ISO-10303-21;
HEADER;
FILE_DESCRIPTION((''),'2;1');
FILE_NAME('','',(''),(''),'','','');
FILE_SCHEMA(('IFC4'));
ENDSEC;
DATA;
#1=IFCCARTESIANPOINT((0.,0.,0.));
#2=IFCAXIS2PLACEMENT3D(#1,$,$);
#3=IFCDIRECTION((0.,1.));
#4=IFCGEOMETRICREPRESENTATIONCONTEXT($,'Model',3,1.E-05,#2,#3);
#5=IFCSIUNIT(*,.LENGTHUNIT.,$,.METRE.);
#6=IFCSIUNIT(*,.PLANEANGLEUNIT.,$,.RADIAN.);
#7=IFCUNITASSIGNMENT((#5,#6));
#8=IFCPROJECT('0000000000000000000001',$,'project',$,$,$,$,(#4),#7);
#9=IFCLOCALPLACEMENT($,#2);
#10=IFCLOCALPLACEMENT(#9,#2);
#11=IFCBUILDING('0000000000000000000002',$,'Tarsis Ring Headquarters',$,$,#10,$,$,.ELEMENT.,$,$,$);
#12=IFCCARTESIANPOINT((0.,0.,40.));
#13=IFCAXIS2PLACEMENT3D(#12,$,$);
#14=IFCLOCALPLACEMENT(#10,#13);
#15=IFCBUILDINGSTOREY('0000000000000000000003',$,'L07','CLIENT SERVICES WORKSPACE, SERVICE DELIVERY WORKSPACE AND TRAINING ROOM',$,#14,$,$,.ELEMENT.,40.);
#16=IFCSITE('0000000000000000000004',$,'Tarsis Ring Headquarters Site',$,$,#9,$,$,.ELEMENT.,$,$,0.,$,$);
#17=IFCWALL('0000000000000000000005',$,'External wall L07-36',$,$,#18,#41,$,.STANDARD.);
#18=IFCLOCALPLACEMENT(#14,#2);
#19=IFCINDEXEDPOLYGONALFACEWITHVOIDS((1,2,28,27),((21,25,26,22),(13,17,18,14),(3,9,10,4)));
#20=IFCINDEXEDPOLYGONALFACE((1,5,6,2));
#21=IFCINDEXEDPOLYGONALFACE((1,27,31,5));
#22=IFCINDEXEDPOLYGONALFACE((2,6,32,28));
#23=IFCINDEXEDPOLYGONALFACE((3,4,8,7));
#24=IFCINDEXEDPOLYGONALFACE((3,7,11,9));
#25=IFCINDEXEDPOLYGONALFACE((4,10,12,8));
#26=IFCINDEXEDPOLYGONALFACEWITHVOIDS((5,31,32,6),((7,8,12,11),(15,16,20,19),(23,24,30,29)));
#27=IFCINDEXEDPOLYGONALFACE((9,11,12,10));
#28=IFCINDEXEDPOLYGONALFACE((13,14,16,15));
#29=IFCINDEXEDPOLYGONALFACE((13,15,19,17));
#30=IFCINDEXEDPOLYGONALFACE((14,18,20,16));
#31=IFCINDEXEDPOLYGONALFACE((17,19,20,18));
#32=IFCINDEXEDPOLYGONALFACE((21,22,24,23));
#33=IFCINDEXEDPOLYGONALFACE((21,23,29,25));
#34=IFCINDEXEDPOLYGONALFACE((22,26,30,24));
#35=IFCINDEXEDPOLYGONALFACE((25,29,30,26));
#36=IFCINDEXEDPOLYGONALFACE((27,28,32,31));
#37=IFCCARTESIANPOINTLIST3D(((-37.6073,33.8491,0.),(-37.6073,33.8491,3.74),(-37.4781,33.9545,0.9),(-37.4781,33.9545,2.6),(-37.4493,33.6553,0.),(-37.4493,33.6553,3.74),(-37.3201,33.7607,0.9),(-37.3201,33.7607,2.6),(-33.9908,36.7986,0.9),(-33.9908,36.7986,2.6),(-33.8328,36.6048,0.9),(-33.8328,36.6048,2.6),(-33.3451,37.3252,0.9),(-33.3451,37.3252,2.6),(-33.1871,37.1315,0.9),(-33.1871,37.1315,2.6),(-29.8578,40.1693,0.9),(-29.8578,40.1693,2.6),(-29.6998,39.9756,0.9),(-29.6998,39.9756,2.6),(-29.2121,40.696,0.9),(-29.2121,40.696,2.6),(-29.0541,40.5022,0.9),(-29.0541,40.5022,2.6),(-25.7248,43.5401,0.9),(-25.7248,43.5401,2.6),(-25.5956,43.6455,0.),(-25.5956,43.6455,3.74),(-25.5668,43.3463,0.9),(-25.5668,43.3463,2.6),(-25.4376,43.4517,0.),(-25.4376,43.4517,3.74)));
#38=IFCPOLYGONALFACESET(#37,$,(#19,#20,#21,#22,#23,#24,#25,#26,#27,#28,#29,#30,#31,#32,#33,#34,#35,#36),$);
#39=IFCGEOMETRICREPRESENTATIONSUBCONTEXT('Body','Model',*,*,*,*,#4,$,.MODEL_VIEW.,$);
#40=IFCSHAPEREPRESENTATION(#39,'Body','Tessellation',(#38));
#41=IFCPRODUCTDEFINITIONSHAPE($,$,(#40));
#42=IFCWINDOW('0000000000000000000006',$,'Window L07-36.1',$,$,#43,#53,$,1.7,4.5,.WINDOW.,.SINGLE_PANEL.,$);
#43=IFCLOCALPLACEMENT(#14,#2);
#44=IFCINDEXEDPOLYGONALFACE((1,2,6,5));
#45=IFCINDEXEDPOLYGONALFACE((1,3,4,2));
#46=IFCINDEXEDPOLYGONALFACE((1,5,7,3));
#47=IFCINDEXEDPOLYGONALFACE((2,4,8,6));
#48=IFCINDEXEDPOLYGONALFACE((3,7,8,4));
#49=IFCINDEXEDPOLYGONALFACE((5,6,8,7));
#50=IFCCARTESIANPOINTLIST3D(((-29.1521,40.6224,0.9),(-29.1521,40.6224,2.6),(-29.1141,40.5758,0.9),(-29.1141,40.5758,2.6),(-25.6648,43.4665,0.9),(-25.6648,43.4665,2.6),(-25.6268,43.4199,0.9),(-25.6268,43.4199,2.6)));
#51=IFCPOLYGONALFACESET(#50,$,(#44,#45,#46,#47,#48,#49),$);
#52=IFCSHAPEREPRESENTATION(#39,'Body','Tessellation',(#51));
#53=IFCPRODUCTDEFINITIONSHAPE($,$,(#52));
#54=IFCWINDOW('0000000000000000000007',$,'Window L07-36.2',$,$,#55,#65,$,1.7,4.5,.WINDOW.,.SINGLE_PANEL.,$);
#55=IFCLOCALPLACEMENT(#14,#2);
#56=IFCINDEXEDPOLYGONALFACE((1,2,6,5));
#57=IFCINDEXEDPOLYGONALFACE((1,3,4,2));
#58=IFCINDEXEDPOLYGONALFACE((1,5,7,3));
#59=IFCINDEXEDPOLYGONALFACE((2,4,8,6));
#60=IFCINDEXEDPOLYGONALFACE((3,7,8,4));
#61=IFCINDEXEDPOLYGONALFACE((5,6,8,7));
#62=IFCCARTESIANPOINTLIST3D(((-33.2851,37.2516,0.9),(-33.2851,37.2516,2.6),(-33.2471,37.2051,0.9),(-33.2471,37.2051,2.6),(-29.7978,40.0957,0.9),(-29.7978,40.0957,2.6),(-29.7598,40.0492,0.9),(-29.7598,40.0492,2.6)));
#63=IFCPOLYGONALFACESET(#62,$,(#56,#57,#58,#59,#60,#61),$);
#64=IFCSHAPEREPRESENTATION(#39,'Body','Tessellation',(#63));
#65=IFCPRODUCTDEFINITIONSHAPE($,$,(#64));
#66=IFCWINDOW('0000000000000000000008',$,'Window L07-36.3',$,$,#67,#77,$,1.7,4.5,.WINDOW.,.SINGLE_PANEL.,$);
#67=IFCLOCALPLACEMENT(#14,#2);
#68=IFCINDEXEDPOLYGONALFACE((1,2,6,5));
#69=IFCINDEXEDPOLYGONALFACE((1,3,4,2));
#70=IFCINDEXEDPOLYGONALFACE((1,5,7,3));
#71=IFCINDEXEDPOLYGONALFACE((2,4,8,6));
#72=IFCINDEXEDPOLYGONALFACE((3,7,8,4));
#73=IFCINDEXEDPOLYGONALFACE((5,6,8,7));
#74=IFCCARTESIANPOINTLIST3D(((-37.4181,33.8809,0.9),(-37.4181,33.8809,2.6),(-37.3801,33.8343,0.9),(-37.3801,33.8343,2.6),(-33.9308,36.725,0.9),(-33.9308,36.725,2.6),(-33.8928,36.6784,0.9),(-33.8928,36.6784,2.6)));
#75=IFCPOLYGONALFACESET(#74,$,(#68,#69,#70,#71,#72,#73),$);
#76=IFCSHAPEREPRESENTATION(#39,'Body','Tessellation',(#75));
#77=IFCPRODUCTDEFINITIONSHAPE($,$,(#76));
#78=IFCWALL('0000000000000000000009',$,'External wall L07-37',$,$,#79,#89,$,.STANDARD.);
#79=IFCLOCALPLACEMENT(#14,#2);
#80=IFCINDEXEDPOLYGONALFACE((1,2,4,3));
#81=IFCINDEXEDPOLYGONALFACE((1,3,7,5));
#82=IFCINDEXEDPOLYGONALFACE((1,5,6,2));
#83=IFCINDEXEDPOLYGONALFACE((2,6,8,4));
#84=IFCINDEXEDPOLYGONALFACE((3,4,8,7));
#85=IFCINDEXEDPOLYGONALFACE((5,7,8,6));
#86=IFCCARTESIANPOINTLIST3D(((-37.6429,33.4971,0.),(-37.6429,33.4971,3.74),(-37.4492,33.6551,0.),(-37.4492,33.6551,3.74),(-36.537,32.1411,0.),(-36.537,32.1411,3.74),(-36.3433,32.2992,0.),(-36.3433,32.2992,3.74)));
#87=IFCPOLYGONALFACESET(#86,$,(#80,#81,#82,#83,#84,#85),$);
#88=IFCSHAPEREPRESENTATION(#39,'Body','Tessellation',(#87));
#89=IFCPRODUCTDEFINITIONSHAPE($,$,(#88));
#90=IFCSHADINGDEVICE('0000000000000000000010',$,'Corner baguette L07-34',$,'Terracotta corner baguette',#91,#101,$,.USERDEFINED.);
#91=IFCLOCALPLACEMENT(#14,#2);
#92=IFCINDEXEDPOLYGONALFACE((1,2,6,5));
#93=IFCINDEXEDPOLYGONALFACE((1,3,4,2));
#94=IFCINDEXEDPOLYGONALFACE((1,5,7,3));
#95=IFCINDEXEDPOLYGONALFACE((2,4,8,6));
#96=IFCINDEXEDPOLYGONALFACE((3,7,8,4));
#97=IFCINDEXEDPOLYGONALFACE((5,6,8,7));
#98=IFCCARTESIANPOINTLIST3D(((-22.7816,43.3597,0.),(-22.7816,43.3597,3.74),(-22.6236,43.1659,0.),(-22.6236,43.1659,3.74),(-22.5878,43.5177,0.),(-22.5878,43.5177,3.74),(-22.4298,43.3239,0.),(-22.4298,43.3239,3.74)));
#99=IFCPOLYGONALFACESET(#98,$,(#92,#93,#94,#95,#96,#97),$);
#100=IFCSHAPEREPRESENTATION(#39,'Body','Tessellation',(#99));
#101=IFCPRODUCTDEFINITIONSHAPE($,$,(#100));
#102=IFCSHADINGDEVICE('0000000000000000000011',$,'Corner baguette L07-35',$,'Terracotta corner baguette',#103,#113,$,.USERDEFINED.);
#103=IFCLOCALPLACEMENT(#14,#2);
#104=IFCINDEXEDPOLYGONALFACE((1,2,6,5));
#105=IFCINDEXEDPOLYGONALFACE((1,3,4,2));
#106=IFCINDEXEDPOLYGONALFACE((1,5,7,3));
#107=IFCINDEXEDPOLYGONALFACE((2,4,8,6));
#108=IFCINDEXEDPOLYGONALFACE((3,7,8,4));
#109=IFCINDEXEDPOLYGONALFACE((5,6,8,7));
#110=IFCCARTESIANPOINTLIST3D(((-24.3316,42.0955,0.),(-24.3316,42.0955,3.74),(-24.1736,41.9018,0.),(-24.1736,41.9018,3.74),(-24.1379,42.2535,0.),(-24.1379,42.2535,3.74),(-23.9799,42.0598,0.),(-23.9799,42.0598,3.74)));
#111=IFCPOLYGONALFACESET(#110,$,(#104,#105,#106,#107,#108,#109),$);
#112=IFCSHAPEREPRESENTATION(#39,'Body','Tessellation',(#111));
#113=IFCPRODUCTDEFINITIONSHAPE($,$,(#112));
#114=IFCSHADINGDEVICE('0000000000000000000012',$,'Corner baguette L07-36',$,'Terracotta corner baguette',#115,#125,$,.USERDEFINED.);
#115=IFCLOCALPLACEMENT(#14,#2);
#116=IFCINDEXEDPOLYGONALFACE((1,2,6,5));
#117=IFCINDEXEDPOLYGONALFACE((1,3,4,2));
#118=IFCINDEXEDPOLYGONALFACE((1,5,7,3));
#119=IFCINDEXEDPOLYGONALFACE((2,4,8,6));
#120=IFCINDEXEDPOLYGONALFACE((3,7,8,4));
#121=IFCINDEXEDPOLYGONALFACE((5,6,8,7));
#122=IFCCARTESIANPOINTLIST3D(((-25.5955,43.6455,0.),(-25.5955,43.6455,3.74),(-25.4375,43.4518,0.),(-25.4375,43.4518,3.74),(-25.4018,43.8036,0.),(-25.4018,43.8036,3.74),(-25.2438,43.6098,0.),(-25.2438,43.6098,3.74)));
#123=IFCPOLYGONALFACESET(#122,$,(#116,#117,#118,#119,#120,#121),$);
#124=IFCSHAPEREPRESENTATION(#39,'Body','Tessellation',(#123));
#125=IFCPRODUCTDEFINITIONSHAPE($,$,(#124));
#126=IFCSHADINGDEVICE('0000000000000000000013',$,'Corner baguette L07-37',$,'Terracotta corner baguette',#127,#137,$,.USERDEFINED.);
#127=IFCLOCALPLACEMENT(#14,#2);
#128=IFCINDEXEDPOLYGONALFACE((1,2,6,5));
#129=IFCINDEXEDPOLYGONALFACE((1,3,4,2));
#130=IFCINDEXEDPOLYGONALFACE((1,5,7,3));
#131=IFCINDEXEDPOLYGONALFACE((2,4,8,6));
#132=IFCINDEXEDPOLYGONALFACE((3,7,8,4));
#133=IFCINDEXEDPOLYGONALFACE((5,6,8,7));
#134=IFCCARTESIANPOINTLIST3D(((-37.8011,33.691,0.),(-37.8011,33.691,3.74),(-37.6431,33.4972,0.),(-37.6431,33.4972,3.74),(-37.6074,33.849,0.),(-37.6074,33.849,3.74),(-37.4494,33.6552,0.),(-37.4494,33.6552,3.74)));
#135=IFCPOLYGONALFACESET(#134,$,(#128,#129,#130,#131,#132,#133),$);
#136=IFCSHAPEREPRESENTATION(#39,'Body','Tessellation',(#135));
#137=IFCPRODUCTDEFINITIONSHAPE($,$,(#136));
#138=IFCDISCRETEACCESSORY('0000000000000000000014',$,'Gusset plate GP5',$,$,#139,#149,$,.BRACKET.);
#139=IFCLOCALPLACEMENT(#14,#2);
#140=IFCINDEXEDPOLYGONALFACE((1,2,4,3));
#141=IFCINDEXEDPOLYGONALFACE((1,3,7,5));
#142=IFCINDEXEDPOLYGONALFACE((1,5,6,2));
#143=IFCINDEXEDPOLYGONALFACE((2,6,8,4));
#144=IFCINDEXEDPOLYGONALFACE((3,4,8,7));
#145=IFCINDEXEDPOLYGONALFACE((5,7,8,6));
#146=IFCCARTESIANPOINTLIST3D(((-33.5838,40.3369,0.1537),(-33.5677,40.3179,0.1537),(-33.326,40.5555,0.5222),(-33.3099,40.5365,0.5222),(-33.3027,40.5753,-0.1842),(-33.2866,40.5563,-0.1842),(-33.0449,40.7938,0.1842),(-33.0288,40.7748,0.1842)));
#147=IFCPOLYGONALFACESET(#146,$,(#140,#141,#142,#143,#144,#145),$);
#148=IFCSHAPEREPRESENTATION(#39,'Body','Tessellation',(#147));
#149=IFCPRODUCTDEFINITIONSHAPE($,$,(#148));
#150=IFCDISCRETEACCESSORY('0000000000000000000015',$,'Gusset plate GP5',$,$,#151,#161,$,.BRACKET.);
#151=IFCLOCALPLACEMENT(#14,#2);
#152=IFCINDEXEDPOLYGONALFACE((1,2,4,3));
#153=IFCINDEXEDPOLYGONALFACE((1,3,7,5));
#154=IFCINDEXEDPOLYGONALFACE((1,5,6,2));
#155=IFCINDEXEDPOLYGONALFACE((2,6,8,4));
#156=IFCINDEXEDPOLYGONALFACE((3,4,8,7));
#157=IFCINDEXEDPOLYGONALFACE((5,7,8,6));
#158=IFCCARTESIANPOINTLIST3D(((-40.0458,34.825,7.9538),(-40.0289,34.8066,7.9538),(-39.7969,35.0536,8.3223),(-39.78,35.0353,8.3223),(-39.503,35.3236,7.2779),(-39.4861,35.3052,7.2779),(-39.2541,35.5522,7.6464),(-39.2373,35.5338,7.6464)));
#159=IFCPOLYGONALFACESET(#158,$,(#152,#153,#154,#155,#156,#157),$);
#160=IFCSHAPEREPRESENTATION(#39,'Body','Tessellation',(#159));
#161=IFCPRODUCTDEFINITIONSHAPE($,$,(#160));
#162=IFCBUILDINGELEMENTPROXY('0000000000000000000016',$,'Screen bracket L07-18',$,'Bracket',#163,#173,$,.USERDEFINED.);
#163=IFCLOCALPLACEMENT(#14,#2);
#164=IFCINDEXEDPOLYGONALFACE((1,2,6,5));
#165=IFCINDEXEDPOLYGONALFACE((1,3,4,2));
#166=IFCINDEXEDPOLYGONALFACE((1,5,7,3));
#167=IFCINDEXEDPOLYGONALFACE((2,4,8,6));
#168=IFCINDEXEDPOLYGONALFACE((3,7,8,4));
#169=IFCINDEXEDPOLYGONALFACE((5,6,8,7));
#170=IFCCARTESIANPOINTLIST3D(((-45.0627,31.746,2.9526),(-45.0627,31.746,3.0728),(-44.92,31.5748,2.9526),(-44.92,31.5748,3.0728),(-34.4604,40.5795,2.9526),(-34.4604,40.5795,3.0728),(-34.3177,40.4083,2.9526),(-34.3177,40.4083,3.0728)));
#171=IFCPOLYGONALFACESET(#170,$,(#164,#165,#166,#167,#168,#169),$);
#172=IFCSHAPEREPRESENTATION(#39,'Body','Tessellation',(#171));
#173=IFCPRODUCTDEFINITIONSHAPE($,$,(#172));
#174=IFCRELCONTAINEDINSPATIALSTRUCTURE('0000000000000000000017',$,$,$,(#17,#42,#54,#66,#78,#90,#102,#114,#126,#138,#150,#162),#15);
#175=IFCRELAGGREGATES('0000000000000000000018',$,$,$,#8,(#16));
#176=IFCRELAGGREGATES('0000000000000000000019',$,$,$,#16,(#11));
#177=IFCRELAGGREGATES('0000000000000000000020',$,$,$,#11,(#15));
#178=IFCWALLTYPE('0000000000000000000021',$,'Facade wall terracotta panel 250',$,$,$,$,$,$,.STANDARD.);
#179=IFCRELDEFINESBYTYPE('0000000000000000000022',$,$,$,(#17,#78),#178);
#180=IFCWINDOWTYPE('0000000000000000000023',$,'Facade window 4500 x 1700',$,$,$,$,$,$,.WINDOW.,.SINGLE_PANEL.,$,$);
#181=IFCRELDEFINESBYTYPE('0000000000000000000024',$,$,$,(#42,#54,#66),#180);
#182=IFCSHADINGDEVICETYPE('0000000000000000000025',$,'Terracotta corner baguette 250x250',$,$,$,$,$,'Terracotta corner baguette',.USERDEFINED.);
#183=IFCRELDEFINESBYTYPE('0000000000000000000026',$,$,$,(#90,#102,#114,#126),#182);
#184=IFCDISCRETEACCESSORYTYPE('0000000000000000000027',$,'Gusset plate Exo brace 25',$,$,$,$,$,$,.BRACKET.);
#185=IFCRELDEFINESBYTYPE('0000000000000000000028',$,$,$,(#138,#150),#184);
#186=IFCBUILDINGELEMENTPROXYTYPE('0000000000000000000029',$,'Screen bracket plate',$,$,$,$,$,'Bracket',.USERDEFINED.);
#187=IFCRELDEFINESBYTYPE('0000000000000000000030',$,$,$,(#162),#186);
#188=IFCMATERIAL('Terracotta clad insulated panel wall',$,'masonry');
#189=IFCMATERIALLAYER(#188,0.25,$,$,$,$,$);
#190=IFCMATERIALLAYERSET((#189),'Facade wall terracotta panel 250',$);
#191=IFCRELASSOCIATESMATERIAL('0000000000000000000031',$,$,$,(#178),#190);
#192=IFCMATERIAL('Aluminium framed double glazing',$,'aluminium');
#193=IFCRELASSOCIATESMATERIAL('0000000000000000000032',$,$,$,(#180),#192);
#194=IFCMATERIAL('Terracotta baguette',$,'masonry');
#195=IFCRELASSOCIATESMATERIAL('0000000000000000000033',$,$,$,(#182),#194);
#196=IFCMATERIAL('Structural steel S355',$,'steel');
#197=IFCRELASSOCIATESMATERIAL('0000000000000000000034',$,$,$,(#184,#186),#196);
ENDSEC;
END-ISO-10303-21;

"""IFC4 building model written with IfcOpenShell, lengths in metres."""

from ifc_helpers import new_model, si_unit, direction, frame, frame_2d, origin, origin_2d, place, context, subcontext, project, spatial, rectangle, extrude, material, layer, layer_set, material_profile, profile_set, type_object, element, fill, save


model = new_model("IFC4")

# Units and contexts
model_context = context("Model", 3, precision=1e-05, world=origin(), true_north=direction((0.0, 1.0)))
body_context = subcontext(model_context, "Body", "Model", "MODEL_VIEW")
ifc_project = project(units=[si_unit("LENGTHUNIT", "METRE"), si_unit("PLANEANGLEUNIT", "RADIAN")], contexts=[model_context])

# Site, building, storey
site_placement = place(None, origin())
site = spatial("IfcSite", under=ifc_project, at=site_placement, Name="Tarsis Ring Headquarters Site", CompositionType="ELEMENT", RefElevation=0.0)
building_placement = place(site_placement, origin())
building = spatial("IfcBuilding", under=site, at=building_placement, Name="Tarsis Ring Headquarters", CompositionType="ELEMENT")
storey_placement = place(building_placement, frame((0.0, 0.0, 40.0)))
storey = spatial("IfcBuildingStorey", under=building, at=storey_placement, Name="L07", Description="CLIENT SERVICES WORKSPACE, SERVICE DELIVERY WORKSPACE AND TRAINING ROOM", CompositionType="ELEMENT", Elevation=40.0)

# Shared definitions
ifc_material_1 = material(Name="Structural steel S355", Category="steel")

# Shared definitions
ifc_material_2 = material(Name="Terracotta clad insulated panel wall", Category="masonry")
ifc_layer_1 = layer(ifc_material_2, 0.25)
ifc_layer_set_1 = layer_set([ifc_layer_1], Name="Facade wall terracotta panel 250")
wall_type_1 = type_object("IfcWallType", Name="Facade wall terracotta panel 250", PredefinedType="STANDARD", material=ifc_layer_set_1)

# Wall, openings, windows
wall_1_placement = place(storey_placement, frame((-25.5166, 43.5486, 0.0), z_axis=(0.0, 0.0, 1.0), x_axis=(-0.774949, -0.632024, 0.0)))
wall_1 = element("IfcWall", 1, at=wall_1_placement, inside=storey, type_object=wall_type_1, Name="External wall L07-36", PredefinedType="STANDARD", context=body_context, shape_type="SweptSolid", body=[
    extrude(rectangle(XDim=15.5, YDim=0.25, at=frame_2d((7.75, 0.0))), origin(), (0.0, 0.0, 1.0), 3.74),
])
opening_1_placement = place(wall_1_placement, frame((0.1667, 0.0, 0.8999)))
opening_1 = element("IfcOpeningElement", 2, at=opening_1_placement, cuts=wall_1, PredefinedType="OPENING", context=body_context, shape_type="SweptSolid", body=[
    extrude(rectangle(XDim=4.5, YDim=1.7, at=frame_2d((2.25, 0.8501))), frame((0.0, 0.135, 0.0), z_axis=(0.0, -1.0, 0.0), x_axis=(1.0, 0.0, 0.0)), (0.0, 0.0, 1.0), 0.27),
])
opening_2_placement = place(wall_1_placement, frame((5.5, 0.0, 0.8999)))
opening_2 = element("IfcOpeningElement", 3, at=opening_2_placement, cuts=wall_1, PredefinedType="OPENING", context=body_context, shape_type="SweptSolid", body=[
    extrude(rectangle(XDim=4.5, YDim=1.7, at=frame_2d((2.25, 0.8501))), frame((0.0, 0.135, 0.0), z_axis=(0.0, -1.0, 0.0), x_axis=(1.0, 0.0, 0.0)), (0.0, 0.0, 1.0), 0.27),
])
opening_3_placement = place(wall_1_placement, frame((10.8333, 0.0, 0.8999)))
opening_3 = element("IfcOpeningElement", 4, at=opening_3_placement, cuts=wall_1, PredefinedType="OPENING", context=body_context, shape_type="SweptSolid", body=[
    extrude(rectangle(XDim=4.5, YDim=1.7, at=frame_2d((2.25, 0.8501))), frame((0.0, 0.135, 0.0), z_axis=(0.0, -1.0, 0.0), x_axis=(1.0, 0.0, 0.0)), (0.0, 0.0, 1.0), 0.27),
])
ifc_material_3 = material(Name="Aluminium framed double glazing", Category="aluminium")
window_type = type_object("IfcWindowType", Name="Facade window 4500 x 1700", PartitioningType="SINGLE_PANEL", PredefinedType="WINDOW", material=ifc_material_3)
window_1_placement = place(opening_1_placement, origin())
window_1 = element("IfcWindow", 5, at=window_1_placement, inside=storey, type_object=window_type, Name="Window L07-36.1", OverallHeight=1.7, OverallWidth=4.5, PartitioningType="SINGLE_PANEL", PredefinedType="WINDOW", context=body_context, shape_type="SweptSolid", body=[
    extrude(rectangle(XDim=4.5, YDim=1.7, at=frame_2d((2.25, 0.8501))), frame((0.0, 0.03, 0.0), z_axis=(0.0, -1.0, 0.0), x_axis=(1.0, 0.0, 0.0)), (0.0, 0.0, 1.0), 0.0601),
])
fill(opening_1, window_1)
window_2_placement = place(opening_2_placement, origin())
window_2 = element("IfcWindow", 6, at=window_2_placement, inside=storey, type_object=window_type, Name="Window L07-36.2", OverallHeight=1.7, OverallWidth=4.5, PartitioningType="SINGLE_PANEL", PredefinedType="WINDOW", context=body_context, shape_type="SweptSolid", body=[
    extrude(rectangle(XDim=4.5, YDim=1.7, at=frame_2d((2.25, 0.8501))), frame((0.0, 0.03, 0.0), z_axis=(0.0, -1.0, 0.0), x_axis=(1.0, 0.0, 0.0)), (0.0, 0.0, 1.0), 0.0601),
])
fill(opening_2, window_2)
window_3_placement = place(opening_3_placement, origin())
window_3 = element("IfcWindow", 7, at=window_3_placement, inside=storey, type_object=window_type, Name="Window L07-36.3", OverallHeight=1.7, OverallWidth=4.5, PartitioningType="SINGLE_PANEL", PredefinedType="WINDOW", context=body_context, shape_type="SweptSolid", body=[
    extrude(rectangle(XDim=4.5, YDim=1.7, at=frame_2d((2.25, 0.8501))), frame((0.0, 0.03, 0.0), z_axis=(0.0, -1.0, 0.0), x_axis=(1.0, 0.0, 0.0)), (0.0, 0.0, 1.0), 0.0601),
])
fill(opening_3, window_3)

# Wall
wall_2_placement = place(storey_placement, frame((-37.5461, 33.5762, 0.0), z_axis=(0.0, 0.0, 1.0), x_axis=(0.632052, -0.774926, 0.0)))
element("IfcWall", 8, at=wall_2_placement, inside=storey, type_object=wall_type_1, Name="External wall L07-37", PredefinedType="STANDARD", context=body_context, shape_type="SweptSolid", body=[
    extrude(rectangle(XDim=1.7498, YDim=0.25, at=frame_2d((0.875, 0.0))), origin(), (0.0, 0.0, 1.0), 3.74),
])

# Shading devices
ifc_material_4 = material(Name="Terracotta baguette", Category="masonry")
shading_device_type_1 = type_object("IfcShadingDeviceType", Name="Terracotta corner baguette 250x250", ElementType="Terracotta corner baguette", PredefinedType="USERDEFINED", material=ifc_material_4)
for number, where, z_axis, x_axis, name in (
    (9, (-22.6057, 43.3418, 0.0), (0.0, 0.0, 1.0), (-0.632029, 0.774945, 0.0), "Corner baguette L07-34"),
    (10, (-24.1558, 42.0776, 0.0), (0.0, 0.0, 1.0), (-0.774945, -0.632029, 0.0), "Corner baguette L07-35"),
    (11, (-25.4197, 43.6277, 0.0), (0.0, 0.0, 1.0), (-0.632029, 0.774944, 0.0), "Corner baguette L07-36"),
    (12, (-37.6252, 33.6731, 0.0), (0.0, 0.0, 1.0), (-0.774945, -0.632029, 0.0), "Corner baguette L07-37"),
):
    element("IfcShadingDevice", number, at=place(storey_placement, frame(where, z_axis=z_axis, x_axis=x_axis)), inside=storey, type_object=shading_device_type_1, Name=name, ObjectType="Terracotta corner baguette", PredefinedType="USERDEFINED", context=body_context, shape_type="SweptSolid", body=[
        extrude(rectangle(XDim=0.25, YDim=0.25, at=origin_2d()), origin(), (0.0, 0.0, 1.0), 3.74),
    ])

# Discrete accessories
ifc_material_profile_1 = material_profile(ifc_material_1, rectangle(XDim=0.0249, YDim=0.5, at=origin_2d()), Name="PL 25x500")
ifc_profile_set_1 = profile_set([ifc_material_profile_1], Name="Structural steel S355")
discrete_accessory_type = type_object("IfcDiscreteAccessoryType", Name="Gusset plate Exo brace 25", PredefinedType="BRACKET", material=ifc_profile_set_1)
discrete_accessory_1_placement = place(storey_placement, frame((-33.1658, 40.675, 0.0), z_axis=(-0.56211, -0.476646, 0.6759), x_axis=(0.646744, -0.762707, 0.0)))
element("IfcDiscreteAccessory", 13, at=discrete_accessory_1_placement, inside=storey, type_object=discrete_accessory_type, Name="Gusset plate GP5", PredefinedType="BRACKET", context=body_context, shape_type="SweptSolid", body=[
    extrude(rectangle(XDim=0.0249, YDim=0.5, at=origin_2d()), origin(), (0.0, 0.0, 1.0), 0.5),
])
discrete_accessory_2_placement = place(storey_placement, frame((-39.3701, 35.4287, 7.4622), z_axis=(-0.542788, -0.498593, 0.67586), x_axis=(0.676489, -0.736452, 0.0)))
element("IfcDiscreteAccessory", 14, at=discrete_accessory_2_placement, inside=storey, type_object=discrete_accessory_type, Name="Gusset plate GP5", PredefinedType="BRACKET", context=body_context, shape_type="SweptSolid", body=[
    extrude(rectangle(XDim=0.0249, YDim=0.5, at=origin_2d()), origin(), (0.0, 0.0, 1.0), 1.0),
])

# Building element proxy
building_element_proxy_type = type_object("IfcBuildingElementProxyType", Name="Screen bracket plate", ElementType="Bracket", PredefinedType="USERDEFINED", material=ifc_material_1)
proxy_placement = place(storey_placement, frame((-39.6902, 36.0771, 2.9526), z_axis=(0.0, 0.0, 1.0), x_axis=(-0.768284, -0.64011, 0.0)))
element("IfcBuildingElementProxy", 15, at=proxy_placement, inside=storey, type_object=building_element_proxy_type, Name="Screen bracket L07-18", ObjectType="Bracket", PredefinedType="USERDEFINED", context=body_context, shape_type="SweptSolid", body=[
    extrude(rectangle(XDim=13.8, YDim=0.2229, at=origin_2d()), origin(), (0.0, 0.0, 1.0), 0.1201),
])

save(model, "model.ifc")
